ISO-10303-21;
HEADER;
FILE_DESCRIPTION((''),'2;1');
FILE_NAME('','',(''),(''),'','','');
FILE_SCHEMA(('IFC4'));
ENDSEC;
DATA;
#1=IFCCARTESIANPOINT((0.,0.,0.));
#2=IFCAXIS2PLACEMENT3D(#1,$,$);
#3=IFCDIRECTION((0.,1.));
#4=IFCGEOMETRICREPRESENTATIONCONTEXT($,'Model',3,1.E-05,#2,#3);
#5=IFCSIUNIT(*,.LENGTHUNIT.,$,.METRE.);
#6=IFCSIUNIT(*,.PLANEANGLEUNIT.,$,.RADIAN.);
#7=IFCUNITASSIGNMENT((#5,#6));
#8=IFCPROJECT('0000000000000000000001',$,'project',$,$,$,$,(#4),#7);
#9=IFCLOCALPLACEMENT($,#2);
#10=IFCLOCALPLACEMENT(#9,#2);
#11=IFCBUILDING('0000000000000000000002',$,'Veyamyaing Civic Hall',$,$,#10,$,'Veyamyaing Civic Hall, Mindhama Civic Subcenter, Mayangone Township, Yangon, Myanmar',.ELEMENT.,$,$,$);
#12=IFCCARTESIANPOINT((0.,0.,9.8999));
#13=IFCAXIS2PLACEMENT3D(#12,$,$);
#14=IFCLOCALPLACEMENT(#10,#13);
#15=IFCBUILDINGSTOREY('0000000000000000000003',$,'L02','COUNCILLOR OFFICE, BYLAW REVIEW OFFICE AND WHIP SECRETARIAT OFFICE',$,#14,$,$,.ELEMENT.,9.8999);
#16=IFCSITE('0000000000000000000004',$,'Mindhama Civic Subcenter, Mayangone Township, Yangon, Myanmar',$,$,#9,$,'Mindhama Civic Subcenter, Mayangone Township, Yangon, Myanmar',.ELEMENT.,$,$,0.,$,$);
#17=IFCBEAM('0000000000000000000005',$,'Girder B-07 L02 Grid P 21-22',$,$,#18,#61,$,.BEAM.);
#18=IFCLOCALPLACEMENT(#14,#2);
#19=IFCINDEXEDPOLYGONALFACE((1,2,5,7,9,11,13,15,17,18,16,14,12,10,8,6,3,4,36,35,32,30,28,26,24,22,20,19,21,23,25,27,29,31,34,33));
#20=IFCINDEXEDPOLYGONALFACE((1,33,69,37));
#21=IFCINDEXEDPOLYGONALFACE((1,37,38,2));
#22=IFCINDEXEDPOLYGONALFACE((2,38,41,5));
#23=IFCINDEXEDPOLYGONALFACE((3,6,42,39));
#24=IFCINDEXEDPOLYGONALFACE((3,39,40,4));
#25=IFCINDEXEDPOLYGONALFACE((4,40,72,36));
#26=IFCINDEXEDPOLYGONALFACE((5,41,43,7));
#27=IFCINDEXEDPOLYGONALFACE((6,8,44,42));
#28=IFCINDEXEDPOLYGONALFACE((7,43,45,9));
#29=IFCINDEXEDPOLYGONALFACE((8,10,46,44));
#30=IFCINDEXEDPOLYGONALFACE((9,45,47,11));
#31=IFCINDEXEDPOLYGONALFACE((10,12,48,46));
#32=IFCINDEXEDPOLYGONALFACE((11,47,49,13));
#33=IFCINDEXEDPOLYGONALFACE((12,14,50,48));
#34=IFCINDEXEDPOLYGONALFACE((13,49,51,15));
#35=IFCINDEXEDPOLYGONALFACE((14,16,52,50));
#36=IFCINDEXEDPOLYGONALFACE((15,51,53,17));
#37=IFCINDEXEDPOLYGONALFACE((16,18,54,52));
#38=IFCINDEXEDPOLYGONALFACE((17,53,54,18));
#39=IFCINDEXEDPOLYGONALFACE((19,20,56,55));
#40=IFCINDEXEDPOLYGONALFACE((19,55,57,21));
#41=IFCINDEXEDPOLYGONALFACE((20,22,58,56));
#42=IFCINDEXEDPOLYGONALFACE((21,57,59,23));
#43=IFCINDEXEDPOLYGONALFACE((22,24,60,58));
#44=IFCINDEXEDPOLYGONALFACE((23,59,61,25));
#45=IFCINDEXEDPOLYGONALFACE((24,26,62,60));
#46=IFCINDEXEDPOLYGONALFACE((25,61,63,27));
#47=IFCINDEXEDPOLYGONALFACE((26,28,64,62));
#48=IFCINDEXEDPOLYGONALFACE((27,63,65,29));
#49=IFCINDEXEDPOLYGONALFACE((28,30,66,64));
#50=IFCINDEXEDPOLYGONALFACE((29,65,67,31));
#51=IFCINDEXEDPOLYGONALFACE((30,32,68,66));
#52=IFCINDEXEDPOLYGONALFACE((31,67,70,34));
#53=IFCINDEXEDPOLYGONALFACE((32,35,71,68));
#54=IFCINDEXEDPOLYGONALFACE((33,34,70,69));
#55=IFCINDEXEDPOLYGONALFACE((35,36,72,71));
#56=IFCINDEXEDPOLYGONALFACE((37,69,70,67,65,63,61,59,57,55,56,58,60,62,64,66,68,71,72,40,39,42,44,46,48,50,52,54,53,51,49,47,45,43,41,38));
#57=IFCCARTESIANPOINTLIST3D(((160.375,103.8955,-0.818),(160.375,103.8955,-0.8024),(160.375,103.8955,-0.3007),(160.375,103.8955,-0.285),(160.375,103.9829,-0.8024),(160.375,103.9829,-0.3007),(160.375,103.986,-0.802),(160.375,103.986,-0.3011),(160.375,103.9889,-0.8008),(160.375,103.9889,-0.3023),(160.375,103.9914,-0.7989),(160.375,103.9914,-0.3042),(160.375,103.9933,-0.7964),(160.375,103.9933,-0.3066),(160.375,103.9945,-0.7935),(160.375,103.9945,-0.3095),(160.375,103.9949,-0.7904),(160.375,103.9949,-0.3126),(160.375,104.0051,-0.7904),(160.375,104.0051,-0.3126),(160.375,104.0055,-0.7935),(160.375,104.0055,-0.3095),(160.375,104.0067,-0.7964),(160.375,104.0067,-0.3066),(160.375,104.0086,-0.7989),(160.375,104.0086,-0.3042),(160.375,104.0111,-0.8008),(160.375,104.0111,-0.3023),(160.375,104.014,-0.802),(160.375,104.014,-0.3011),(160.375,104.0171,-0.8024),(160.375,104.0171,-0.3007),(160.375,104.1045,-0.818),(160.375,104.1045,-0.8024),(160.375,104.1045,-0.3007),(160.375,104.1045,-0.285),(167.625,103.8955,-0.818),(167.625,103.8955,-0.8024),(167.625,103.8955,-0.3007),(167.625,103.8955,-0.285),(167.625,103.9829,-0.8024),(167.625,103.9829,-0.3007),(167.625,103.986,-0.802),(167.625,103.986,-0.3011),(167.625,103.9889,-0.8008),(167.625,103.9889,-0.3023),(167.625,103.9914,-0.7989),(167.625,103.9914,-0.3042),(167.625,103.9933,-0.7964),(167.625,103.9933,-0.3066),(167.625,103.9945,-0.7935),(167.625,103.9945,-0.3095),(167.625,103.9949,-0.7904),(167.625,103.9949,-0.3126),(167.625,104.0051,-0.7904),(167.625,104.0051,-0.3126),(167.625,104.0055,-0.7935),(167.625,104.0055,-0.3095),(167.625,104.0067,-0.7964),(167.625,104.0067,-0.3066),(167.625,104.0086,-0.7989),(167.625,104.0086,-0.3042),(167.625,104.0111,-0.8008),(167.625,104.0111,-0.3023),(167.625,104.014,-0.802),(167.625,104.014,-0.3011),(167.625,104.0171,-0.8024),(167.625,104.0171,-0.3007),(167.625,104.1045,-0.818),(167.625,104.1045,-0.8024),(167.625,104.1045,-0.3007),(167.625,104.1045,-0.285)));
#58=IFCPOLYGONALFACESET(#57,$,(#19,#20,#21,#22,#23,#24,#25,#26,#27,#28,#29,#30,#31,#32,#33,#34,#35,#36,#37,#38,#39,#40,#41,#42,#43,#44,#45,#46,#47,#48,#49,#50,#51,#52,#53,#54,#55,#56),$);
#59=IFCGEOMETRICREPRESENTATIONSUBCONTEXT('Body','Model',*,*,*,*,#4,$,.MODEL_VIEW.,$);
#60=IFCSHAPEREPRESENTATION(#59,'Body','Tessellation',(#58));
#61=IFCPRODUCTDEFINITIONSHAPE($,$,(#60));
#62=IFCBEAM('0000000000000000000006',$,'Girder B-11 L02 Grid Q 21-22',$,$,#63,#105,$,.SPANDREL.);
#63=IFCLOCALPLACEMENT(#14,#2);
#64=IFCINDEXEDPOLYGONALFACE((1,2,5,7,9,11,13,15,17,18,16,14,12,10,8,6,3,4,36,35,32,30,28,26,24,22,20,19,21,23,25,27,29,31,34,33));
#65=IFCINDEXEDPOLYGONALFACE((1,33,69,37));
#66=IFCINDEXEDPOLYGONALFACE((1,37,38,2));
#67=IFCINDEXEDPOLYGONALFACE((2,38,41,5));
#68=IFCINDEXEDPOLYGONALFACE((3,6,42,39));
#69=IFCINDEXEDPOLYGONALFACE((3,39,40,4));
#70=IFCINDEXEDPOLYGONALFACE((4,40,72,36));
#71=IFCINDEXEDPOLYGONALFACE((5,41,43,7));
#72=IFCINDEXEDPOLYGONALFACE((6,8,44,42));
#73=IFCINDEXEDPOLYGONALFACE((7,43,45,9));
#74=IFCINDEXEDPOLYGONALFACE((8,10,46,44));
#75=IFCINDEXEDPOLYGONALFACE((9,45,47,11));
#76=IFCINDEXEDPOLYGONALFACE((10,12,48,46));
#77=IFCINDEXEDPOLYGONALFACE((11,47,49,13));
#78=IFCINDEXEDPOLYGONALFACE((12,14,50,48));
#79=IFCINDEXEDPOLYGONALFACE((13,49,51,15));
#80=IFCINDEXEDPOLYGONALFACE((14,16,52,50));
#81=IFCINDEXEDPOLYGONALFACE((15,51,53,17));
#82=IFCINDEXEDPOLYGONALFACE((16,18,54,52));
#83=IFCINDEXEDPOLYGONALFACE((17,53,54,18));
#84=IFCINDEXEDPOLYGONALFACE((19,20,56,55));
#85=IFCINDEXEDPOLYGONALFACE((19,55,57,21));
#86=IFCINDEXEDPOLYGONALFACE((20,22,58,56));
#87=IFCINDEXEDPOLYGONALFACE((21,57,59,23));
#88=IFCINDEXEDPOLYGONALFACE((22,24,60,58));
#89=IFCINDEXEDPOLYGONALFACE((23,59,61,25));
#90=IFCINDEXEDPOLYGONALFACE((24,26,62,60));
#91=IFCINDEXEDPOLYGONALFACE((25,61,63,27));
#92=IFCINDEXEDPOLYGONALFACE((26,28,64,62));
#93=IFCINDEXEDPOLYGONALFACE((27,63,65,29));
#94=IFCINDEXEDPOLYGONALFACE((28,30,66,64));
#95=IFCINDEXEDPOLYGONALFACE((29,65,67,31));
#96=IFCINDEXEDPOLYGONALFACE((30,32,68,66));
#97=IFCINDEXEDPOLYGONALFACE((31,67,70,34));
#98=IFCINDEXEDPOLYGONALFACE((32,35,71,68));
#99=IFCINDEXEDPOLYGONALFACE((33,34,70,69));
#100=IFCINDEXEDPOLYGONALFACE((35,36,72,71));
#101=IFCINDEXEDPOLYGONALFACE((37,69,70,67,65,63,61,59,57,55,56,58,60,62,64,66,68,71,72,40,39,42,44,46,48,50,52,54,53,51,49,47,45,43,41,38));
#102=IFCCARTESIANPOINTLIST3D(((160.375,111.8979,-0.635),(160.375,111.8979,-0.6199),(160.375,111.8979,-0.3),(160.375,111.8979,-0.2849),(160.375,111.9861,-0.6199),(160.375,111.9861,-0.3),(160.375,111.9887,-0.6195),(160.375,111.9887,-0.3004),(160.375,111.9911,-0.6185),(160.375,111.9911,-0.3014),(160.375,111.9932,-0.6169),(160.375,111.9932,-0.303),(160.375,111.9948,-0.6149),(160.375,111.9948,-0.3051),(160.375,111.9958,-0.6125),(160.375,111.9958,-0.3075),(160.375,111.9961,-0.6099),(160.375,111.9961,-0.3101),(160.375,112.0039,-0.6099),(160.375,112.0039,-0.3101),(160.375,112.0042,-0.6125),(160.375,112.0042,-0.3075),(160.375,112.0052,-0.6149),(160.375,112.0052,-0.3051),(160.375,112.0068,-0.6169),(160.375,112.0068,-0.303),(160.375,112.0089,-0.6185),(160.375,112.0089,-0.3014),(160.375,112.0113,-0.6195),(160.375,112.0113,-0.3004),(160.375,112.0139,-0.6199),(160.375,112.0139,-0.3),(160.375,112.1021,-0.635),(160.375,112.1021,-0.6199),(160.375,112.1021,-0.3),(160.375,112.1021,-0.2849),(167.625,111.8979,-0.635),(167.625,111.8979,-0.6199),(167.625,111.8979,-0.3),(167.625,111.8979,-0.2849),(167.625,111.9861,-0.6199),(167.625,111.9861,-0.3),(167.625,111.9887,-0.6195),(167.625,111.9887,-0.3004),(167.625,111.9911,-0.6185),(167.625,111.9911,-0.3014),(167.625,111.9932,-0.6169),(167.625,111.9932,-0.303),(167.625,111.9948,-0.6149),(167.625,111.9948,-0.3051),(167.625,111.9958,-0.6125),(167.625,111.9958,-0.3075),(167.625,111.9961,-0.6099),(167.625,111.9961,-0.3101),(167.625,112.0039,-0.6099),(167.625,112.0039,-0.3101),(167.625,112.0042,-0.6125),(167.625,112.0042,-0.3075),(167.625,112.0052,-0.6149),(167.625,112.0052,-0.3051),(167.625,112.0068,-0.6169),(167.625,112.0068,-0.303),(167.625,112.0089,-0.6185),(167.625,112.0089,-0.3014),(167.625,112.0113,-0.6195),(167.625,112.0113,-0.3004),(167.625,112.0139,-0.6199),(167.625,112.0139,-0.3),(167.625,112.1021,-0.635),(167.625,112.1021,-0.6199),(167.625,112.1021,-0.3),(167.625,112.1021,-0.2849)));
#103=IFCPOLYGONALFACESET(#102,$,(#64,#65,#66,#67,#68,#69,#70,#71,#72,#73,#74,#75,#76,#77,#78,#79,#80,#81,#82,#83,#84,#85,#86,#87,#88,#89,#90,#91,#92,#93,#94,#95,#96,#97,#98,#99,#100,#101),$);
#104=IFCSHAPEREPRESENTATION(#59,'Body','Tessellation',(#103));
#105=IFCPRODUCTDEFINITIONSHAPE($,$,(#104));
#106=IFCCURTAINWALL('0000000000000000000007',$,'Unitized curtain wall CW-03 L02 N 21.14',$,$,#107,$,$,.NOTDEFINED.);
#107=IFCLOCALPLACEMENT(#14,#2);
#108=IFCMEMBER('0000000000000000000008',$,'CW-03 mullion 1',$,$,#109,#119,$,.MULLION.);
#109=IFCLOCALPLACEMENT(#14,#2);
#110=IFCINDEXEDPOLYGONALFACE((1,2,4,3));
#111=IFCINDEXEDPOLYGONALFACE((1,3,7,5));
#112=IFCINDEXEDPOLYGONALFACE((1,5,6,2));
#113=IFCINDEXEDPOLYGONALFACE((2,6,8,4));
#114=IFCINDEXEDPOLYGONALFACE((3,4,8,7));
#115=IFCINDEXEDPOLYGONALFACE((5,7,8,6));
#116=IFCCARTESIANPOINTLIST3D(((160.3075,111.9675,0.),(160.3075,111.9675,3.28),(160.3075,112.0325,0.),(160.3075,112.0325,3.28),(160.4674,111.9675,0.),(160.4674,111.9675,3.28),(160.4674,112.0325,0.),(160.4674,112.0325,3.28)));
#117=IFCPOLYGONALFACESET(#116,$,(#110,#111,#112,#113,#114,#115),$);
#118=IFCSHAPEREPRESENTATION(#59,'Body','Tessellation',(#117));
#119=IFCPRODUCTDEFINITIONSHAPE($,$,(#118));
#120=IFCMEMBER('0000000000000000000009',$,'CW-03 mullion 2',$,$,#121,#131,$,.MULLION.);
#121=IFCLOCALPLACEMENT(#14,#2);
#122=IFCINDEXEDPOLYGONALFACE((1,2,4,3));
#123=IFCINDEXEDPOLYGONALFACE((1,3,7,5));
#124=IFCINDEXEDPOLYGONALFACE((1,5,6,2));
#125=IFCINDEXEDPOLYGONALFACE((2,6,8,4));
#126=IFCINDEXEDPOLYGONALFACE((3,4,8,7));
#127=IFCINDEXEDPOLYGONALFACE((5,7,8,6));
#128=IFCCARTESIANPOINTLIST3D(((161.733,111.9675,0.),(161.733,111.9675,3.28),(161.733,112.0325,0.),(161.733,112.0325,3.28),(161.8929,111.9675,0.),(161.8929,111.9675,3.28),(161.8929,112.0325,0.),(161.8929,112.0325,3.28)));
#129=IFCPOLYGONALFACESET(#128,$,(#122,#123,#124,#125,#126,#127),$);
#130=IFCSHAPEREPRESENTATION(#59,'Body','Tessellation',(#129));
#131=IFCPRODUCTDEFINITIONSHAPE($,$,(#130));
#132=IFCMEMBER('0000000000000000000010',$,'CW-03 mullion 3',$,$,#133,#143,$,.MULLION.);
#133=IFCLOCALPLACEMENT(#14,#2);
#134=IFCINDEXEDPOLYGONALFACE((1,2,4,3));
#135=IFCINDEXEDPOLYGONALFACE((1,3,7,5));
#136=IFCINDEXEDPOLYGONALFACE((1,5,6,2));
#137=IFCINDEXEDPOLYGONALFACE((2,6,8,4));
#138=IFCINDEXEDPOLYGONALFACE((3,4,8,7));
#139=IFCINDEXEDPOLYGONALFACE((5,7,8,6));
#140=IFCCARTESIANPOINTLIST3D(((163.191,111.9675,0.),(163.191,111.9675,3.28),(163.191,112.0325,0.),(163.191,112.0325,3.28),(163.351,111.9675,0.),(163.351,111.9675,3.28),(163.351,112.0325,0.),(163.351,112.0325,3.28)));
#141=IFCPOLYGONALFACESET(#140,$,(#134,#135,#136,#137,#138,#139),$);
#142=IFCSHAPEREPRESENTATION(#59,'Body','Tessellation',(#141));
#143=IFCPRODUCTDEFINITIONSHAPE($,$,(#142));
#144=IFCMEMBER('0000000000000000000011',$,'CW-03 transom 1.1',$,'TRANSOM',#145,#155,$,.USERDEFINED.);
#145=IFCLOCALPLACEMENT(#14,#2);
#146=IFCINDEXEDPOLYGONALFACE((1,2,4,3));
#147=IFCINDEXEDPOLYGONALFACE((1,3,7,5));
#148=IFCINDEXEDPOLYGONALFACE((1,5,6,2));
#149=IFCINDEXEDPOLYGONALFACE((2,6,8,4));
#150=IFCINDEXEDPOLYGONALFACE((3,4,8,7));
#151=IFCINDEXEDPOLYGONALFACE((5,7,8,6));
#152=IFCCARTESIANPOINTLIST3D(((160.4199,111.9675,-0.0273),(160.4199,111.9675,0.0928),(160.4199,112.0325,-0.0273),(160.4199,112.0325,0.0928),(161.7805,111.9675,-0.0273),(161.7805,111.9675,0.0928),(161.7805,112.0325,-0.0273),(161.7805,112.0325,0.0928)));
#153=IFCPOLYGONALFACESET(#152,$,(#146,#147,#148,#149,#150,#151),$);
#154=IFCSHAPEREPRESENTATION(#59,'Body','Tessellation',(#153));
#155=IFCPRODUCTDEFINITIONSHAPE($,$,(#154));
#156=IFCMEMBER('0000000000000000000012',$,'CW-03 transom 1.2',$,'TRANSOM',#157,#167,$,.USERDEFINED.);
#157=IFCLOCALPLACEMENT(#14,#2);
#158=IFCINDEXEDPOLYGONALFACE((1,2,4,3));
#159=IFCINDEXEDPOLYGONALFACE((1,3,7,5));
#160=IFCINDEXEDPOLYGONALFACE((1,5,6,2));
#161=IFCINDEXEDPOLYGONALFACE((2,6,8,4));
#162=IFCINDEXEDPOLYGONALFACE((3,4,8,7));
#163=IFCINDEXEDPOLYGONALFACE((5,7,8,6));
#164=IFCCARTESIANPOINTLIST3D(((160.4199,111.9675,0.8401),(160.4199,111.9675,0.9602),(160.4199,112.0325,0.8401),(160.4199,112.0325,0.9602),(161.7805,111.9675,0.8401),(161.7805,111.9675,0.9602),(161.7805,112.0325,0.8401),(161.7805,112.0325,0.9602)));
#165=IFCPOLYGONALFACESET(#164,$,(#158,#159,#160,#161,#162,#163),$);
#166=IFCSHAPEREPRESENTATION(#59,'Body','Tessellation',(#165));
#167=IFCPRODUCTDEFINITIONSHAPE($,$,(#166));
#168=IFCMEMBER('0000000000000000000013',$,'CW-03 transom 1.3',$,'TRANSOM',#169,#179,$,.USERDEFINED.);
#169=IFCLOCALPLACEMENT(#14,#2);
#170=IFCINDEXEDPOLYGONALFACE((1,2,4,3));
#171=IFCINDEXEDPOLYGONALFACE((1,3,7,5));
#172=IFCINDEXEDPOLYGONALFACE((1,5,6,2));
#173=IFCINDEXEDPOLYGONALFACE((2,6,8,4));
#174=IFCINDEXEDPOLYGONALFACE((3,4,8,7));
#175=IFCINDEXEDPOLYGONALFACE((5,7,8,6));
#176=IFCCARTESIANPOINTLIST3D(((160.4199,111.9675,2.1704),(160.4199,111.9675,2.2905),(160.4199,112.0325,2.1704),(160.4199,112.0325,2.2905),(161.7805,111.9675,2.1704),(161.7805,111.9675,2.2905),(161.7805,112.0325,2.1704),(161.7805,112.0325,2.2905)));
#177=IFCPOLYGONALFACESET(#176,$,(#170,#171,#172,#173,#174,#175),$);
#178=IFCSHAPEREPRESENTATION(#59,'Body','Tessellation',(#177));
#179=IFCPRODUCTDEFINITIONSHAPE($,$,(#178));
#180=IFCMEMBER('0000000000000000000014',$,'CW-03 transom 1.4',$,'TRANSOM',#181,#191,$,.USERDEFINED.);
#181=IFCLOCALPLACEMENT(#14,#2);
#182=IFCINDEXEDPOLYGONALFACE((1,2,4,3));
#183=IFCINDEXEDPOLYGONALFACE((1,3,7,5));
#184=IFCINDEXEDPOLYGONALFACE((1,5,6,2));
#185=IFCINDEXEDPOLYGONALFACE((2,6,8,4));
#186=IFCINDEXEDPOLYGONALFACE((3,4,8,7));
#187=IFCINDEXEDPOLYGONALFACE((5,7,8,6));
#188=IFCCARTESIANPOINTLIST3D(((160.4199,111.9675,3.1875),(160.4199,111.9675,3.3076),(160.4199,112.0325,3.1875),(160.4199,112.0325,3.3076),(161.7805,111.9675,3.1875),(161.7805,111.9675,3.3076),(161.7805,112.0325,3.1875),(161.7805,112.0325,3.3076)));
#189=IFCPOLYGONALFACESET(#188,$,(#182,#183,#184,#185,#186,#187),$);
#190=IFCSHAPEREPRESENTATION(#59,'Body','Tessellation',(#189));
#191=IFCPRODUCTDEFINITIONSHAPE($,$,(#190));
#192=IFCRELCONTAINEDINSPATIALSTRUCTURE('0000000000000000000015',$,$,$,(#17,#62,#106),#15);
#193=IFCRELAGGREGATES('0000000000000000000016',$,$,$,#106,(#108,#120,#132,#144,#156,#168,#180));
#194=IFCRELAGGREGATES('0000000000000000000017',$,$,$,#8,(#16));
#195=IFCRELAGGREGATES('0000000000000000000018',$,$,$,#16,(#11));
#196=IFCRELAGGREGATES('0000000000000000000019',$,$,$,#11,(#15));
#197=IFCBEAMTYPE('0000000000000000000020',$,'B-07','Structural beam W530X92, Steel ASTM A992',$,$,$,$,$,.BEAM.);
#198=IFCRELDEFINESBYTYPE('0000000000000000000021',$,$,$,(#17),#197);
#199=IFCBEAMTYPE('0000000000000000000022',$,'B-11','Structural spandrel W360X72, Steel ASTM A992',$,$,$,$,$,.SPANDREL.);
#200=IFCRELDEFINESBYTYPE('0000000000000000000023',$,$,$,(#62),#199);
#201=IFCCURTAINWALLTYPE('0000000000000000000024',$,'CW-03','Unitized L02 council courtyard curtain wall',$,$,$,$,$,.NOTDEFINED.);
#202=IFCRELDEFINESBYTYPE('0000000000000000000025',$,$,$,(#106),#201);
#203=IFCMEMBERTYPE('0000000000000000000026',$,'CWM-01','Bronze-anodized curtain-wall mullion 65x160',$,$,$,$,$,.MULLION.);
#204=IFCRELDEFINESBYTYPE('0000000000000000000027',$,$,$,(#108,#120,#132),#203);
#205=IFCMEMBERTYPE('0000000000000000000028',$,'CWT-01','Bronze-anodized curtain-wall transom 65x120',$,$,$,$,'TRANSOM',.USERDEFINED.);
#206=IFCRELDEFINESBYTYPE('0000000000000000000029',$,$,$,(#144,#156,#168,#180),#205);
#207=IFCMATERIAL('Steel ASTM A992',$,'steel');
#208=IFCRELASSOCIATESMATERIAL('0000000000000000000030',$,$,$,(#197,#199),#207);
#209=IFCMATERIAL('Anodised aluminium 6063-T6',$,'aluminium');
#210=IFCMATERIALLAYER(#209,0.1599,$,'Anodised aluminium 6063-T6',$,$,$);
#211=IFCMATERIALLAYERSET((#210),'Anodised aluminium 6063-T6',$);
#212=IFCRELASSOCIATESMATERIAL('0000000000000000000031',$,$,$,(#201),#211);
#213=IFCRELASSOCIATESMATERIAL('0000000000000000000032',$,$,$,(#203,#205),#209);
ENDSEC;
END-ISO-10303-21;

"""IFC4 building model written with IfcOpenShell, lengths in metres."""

from ifc_helpers import new_model, si_unit, direction, frame, origin, origin_2d, place, context, subcontext, project, spatial, rectangle, i_section, extrude, material, layer, layer_set, material_profile, profile_set, type_object, element, aggregate, save


model = new_model("IFC4")

# Units and contexts
model_context = context("Model", 3, precision=1e-05, world=origin(), true_north=direction((0.0, 1.0)))
body_context = subcontext(model_context, "Body", "Model", "MODEL_VIEW")
ifc_project = project(units=[si_unit("LENGTHUNIT", "METRE"), si_unit("PLANEANGLEUNIT", "RADIAN")], contexts=[model_context])

# Site, building, storey
site_placement = place(None, origin())
site = spatial("IfcSite", under=ifc_project, at=site_placement, Name="Mindhama Civic Subcenter, Mayangone Township, Yangon, Myanmar", LongName="Mindhama Civic Subcenter, Mayangone Township, Yangon, Myanmar", CompositionType="ELEMENT", RefElevation=0.0)
building_placement = place(site_placement, origin())
building = spatial("IfcBuilding", under=site, at=building_placement, Name="Veyamyaing Civic Hall", LongName="Veyamyaing Civic Hall, Mindhama Civic Subcenter, Mayangone Township, Yangon, Myanmar", CompositionType="ELEMENT")
storey_placement = place(building_placement, frame((0.0, 0.0, 9.8999)))
storey = spatial("IfcBuildingStorey", under=building, at=storey_placement, Name="L02", Description="COUNCILLOR OFFICE, BYLAW REVIEW OFFICE AND WHIP SECRETARIAT OFFICE", CompositionType="ELEMENT", Elevation=9.8999)

# Beams
ifc_material_1 = material(Name="Steel ASTM A992", Category="steel")
ifc_material_profile_1 = material_profile(ifc_material_1, i_section(OverallWidth=0.209, OverallDepth=0.533, WebThickness=0.0103, FlangeThickness=0.0156, FilletRadius=0.012, at=origin_2d()), Name="W530X92")
ifc_profile_set_1 = profile_set([ifc_material_profile_1], Name="Steel ASTM A992")
beam_type_1 = type_object("IfcBeamType", Name="B-07", Description="Structural beam W530X92, Steel ASTM A992", PredefinedType="BEAM", material=ifc_profile_set_1)
beam_1_placement = place(storey_placement, frame((160.375, 104.0, -0.5515), z_axis=(1.0, 0.0, 0.0), x_axis=(0.0, 1.0, 0.0)))
element("IfcBeam", 1, at=beam_1_placement, inside=storey, type_object=beam_type_1, Name="Girder B-07 L02 Grid P 21-22", PredefinedType="BEAM", context=body_context, shape_type="SweptSolid", body=[
    extrude(i_section(OverallWidth=0.209, OverallDepth=0.533, WebThickness=0.0103, FlangeThickness=0.0156, FilletRadius=0.012, at=origin_2d()), origin(), (0.0, 0.0, 1.0), 7.25),
])
ifc_material_profile_2 = material_profile(ifc_material_1, i_section(OverallWidth=0.2041, OverallDepth=0.3501, WebThickness=0.0078, FlangeThickness=0.0151, FilletRadius=0.01, at=origin_2d()), Name="W360X72")
ifc_profile_set_2 = profile_set([ifc_material_profile_2], Name="Steel ASTM A992")
beam_type_2 = type_object("IfcBeamType", Name="B-11", Description="Structural spandrel W360X72, Steel ASTM A992", PredefinedType="SPANDREL", material=ifc_profile_set_2)
beam_2_placement = place(storey_placement, frame((160.375, 112.0, -0.46), z_axis=(1.0, 0.0, 0.0), x_axis=(0.0, 1.0, 0.0)))
element("IfcBeam", 2, at=beam_2_placement, inside=storey, type_object=beam_type_2, Name="Girder B-11 L02 Grid Q 21-22", PredefinedType="SPANDREL", context=body_context, shape_type="SweptSolid", body=[
    extrude(i_section(OverallWidth=0.2041, OverallDepth=0.3501, WebThickness=0.0078, FlangeThickness=0.0151, FilletRadius=0.01, at=origin_2d()), origin(), (0.0, 0.0, 1.0), 7.25),
])

# Curtain wall, members
ifc_material_2 = material(Name="Anodised aluminium 6063-T6", Category="aluminium")
ifc_layer_1 = layer(ifc_material_2, 0.1599, Name="Anodised aluminium 6063-T6")
ifc_layer_set_1 = layer_set([ifc_layer_1], Name="Anodised aluminium 6063-T6")
curtain_wall_type = type_object("IfcCurtainWallType", Name="CW-03", Description="Unitized L02 council courtyard curtain wall", PredefinedType="NOTDEFINED", material=ifc_layer_set_1)
curtain_wall_placement = place(storey_placement, origin())
curtain_wall = element("IfcCurtainWall", 3, at=curtain_wall_placement, inside=storey, type_object=curtain_wall_type, Name="Unitized curtain wall CW-03 L02 N 21.14", PredefinedType="NOTDEFINED")
ifc_material_profile_3 = material_profile(ifc_material_2, rectangle(XDim=0.0649, YDim=0.1599, at=origin_2d()), Name="ALU-MUL-65X160")
ifc_profile_set_3 = profile_set([ifc_material_profile_3], Name="Anodised aluminium 6063-T6")
member_type_1 = type_object("IfcMemberType", Name="CWM-01", Description="Bronze-anodized curtain-wall mullion 65x160", PredefinedType="MULLION", material=ifc_profile_set_3)
member_1_placement = place(storey_placement, frame((160.3875, 112.0, 0.0), z_axis=(0.0, 0.0, 1.0), x_axis=(0.0, 1.0, 0.0)))
member_1 = element("IfcMember", 4, at=member_1_placement, type_object=member_type_1, Name="CW-03 mullion 1", PredefinedType="MULLION", context=body_context, shape_type="SweptSolid", body=[
    extrude(rectangle(XDim=0.0649, YDim=0.1599, at=origin_2d()), origin(), (0.0, 0.0, 1.0), 3.28),
])
member_2_placement = place(storey_placement, frame((161.813, 112.0, 0.0), z_axis=(0.0, 0.0, 1.0), x_axis=(0.0, 1.0, 0.0)))
member_2 = element("IfcMember", 5, at=member_2_placement, type_object=member_type_1, Name="CW-03 mullion 2", PredefinedType="MULLION", context=body_context, shape_type="SweptSolid", body=[
    extrude(rectangle(XDim=0.0649, YDim=0.1599, at=origin_2d()), origin(), (0.0, 0.0, 1.0), 3.28),
])
member_3_placement = place(storey_placement, frame((163.271, 112.0, 0.0), z_axis=(0.0, 0.0, 1.0), x_axis=(0.0, 1.0, 0.0)))
member_3 = element("IfcMember", 6, at=member_3_placement, type_object=member_type_1, Name="CW-03 mullion 3", PredefinedType="MULLION", context=body_context, shape_type="SweptSolid", body=[
    extrude(rectangle(XDim=0.0649, YDim=0.1599, at=origin_2d()), origin(), (0.0, 0.0, 1.0), 3.28),
])
ifc_material_profile_4 = material_profile(ifc_material_2, rectangle(XDim=0.0649, YDim=0.1201, at=origin_2d()), Name="ALU-TRN-65X120")
ifc_profile_set_4 = profile_set([ifc_material_profile_4], Name="Anodised aluminium 6063-T6")
member_type_2 = type_object("IfcMemberType", Name="CWT-01", Description="Bronze-anodized curtain-wall transom 65x120", ElementType="TRANSOM", PredefinedType="USERDEFINED", material=ifc_profile_set_4)
member_4_placement = place(storey_placement, frame((160.4199, 112.0, 0.0327), z_axis=(1.0, 0.0, 0.0), x_axis=(0.0, 1.0, 0.0)))
member_4 = element("IfcMember", 7, at=member_4_placement, type_object=member_type_2, Name="CW-03 transom 1.1", ObjectType="TRANSOM", PredefinedType="USERDEFINED", context=body_context, shape_type="SweptSolid", body=[
    extrude(rectangle(XDim=0.0649, YDim=0.1201, at=origin_2d()), origin(), (0.0, 0.0, 1.0), 1.3606),
])
member_5_placement = place(storey_placement, frame((160.4199, 112.0, 0.9001), z_axis=(1.0, 0.0, 0.0), x_axis=(0.0, 1.0, 0.0)))
member_5 = element("IfcMember", 8, at=member_5_placement, type_object=member_type_2, Name="CW-03 transom 1.2", ObjectType="TRANSOM", PredefinedType="USERDEFINED", context=body_context, shape_type="SweptSolid", body=[
    extrude(rectangle(XDim=0.0649, YDim=0.1201, at=origin_2d()), origin(), (0.0, 0.0, 1.0), 1.3606),
])
member_6_placement = place(storey_placement, frame((160.4199, 112.0, 2.2305), z_axis=(1.0, 0.0, 0.0), x_axis=(0.0, 1.0, 0.0)))
member_6 = element("IfcMember", 9, at=member_6_placement, type_object=member_type_2, Name="CW-03 transom 1.3", ObjectType="TRANSOM", PredefinedType="USERDEFINED", context=body_context, shape_type="SweptSolid", body=[
    extrude(rectangle(XDim=0.0649, YDim=0.1201, at=origin_2d()), origin(), (0.0, 0.0, 1.0), 1.3606),
])
member_7_placement = place(storey_placement, frame((160.4199, 112.0, 3.2476), z_axis=(1.0, 0.0, 0.0), x_axis=(0.0, 1.0, 0.0)))
member_7 = element("IfcMember", 10, at=member_7_placement, type_object=member_type_2, Name="CW-03 transom 1.4", ObjectType="TRANSOM", PredefinedType="USERDEFINED", context=body_context, shape_type="SweptSolid", body=[
    extrude(rectangle(XDim=0.0649, YDim=0.1201, at=origin_2d()), origin(), (0.0, 0.0, 1.0), 1.3606),
])
aggregate(curtain_wall, [member_1, member_2, member_3, member_4, member_5, member_6, member_7])

save(model, "model.ifc")
